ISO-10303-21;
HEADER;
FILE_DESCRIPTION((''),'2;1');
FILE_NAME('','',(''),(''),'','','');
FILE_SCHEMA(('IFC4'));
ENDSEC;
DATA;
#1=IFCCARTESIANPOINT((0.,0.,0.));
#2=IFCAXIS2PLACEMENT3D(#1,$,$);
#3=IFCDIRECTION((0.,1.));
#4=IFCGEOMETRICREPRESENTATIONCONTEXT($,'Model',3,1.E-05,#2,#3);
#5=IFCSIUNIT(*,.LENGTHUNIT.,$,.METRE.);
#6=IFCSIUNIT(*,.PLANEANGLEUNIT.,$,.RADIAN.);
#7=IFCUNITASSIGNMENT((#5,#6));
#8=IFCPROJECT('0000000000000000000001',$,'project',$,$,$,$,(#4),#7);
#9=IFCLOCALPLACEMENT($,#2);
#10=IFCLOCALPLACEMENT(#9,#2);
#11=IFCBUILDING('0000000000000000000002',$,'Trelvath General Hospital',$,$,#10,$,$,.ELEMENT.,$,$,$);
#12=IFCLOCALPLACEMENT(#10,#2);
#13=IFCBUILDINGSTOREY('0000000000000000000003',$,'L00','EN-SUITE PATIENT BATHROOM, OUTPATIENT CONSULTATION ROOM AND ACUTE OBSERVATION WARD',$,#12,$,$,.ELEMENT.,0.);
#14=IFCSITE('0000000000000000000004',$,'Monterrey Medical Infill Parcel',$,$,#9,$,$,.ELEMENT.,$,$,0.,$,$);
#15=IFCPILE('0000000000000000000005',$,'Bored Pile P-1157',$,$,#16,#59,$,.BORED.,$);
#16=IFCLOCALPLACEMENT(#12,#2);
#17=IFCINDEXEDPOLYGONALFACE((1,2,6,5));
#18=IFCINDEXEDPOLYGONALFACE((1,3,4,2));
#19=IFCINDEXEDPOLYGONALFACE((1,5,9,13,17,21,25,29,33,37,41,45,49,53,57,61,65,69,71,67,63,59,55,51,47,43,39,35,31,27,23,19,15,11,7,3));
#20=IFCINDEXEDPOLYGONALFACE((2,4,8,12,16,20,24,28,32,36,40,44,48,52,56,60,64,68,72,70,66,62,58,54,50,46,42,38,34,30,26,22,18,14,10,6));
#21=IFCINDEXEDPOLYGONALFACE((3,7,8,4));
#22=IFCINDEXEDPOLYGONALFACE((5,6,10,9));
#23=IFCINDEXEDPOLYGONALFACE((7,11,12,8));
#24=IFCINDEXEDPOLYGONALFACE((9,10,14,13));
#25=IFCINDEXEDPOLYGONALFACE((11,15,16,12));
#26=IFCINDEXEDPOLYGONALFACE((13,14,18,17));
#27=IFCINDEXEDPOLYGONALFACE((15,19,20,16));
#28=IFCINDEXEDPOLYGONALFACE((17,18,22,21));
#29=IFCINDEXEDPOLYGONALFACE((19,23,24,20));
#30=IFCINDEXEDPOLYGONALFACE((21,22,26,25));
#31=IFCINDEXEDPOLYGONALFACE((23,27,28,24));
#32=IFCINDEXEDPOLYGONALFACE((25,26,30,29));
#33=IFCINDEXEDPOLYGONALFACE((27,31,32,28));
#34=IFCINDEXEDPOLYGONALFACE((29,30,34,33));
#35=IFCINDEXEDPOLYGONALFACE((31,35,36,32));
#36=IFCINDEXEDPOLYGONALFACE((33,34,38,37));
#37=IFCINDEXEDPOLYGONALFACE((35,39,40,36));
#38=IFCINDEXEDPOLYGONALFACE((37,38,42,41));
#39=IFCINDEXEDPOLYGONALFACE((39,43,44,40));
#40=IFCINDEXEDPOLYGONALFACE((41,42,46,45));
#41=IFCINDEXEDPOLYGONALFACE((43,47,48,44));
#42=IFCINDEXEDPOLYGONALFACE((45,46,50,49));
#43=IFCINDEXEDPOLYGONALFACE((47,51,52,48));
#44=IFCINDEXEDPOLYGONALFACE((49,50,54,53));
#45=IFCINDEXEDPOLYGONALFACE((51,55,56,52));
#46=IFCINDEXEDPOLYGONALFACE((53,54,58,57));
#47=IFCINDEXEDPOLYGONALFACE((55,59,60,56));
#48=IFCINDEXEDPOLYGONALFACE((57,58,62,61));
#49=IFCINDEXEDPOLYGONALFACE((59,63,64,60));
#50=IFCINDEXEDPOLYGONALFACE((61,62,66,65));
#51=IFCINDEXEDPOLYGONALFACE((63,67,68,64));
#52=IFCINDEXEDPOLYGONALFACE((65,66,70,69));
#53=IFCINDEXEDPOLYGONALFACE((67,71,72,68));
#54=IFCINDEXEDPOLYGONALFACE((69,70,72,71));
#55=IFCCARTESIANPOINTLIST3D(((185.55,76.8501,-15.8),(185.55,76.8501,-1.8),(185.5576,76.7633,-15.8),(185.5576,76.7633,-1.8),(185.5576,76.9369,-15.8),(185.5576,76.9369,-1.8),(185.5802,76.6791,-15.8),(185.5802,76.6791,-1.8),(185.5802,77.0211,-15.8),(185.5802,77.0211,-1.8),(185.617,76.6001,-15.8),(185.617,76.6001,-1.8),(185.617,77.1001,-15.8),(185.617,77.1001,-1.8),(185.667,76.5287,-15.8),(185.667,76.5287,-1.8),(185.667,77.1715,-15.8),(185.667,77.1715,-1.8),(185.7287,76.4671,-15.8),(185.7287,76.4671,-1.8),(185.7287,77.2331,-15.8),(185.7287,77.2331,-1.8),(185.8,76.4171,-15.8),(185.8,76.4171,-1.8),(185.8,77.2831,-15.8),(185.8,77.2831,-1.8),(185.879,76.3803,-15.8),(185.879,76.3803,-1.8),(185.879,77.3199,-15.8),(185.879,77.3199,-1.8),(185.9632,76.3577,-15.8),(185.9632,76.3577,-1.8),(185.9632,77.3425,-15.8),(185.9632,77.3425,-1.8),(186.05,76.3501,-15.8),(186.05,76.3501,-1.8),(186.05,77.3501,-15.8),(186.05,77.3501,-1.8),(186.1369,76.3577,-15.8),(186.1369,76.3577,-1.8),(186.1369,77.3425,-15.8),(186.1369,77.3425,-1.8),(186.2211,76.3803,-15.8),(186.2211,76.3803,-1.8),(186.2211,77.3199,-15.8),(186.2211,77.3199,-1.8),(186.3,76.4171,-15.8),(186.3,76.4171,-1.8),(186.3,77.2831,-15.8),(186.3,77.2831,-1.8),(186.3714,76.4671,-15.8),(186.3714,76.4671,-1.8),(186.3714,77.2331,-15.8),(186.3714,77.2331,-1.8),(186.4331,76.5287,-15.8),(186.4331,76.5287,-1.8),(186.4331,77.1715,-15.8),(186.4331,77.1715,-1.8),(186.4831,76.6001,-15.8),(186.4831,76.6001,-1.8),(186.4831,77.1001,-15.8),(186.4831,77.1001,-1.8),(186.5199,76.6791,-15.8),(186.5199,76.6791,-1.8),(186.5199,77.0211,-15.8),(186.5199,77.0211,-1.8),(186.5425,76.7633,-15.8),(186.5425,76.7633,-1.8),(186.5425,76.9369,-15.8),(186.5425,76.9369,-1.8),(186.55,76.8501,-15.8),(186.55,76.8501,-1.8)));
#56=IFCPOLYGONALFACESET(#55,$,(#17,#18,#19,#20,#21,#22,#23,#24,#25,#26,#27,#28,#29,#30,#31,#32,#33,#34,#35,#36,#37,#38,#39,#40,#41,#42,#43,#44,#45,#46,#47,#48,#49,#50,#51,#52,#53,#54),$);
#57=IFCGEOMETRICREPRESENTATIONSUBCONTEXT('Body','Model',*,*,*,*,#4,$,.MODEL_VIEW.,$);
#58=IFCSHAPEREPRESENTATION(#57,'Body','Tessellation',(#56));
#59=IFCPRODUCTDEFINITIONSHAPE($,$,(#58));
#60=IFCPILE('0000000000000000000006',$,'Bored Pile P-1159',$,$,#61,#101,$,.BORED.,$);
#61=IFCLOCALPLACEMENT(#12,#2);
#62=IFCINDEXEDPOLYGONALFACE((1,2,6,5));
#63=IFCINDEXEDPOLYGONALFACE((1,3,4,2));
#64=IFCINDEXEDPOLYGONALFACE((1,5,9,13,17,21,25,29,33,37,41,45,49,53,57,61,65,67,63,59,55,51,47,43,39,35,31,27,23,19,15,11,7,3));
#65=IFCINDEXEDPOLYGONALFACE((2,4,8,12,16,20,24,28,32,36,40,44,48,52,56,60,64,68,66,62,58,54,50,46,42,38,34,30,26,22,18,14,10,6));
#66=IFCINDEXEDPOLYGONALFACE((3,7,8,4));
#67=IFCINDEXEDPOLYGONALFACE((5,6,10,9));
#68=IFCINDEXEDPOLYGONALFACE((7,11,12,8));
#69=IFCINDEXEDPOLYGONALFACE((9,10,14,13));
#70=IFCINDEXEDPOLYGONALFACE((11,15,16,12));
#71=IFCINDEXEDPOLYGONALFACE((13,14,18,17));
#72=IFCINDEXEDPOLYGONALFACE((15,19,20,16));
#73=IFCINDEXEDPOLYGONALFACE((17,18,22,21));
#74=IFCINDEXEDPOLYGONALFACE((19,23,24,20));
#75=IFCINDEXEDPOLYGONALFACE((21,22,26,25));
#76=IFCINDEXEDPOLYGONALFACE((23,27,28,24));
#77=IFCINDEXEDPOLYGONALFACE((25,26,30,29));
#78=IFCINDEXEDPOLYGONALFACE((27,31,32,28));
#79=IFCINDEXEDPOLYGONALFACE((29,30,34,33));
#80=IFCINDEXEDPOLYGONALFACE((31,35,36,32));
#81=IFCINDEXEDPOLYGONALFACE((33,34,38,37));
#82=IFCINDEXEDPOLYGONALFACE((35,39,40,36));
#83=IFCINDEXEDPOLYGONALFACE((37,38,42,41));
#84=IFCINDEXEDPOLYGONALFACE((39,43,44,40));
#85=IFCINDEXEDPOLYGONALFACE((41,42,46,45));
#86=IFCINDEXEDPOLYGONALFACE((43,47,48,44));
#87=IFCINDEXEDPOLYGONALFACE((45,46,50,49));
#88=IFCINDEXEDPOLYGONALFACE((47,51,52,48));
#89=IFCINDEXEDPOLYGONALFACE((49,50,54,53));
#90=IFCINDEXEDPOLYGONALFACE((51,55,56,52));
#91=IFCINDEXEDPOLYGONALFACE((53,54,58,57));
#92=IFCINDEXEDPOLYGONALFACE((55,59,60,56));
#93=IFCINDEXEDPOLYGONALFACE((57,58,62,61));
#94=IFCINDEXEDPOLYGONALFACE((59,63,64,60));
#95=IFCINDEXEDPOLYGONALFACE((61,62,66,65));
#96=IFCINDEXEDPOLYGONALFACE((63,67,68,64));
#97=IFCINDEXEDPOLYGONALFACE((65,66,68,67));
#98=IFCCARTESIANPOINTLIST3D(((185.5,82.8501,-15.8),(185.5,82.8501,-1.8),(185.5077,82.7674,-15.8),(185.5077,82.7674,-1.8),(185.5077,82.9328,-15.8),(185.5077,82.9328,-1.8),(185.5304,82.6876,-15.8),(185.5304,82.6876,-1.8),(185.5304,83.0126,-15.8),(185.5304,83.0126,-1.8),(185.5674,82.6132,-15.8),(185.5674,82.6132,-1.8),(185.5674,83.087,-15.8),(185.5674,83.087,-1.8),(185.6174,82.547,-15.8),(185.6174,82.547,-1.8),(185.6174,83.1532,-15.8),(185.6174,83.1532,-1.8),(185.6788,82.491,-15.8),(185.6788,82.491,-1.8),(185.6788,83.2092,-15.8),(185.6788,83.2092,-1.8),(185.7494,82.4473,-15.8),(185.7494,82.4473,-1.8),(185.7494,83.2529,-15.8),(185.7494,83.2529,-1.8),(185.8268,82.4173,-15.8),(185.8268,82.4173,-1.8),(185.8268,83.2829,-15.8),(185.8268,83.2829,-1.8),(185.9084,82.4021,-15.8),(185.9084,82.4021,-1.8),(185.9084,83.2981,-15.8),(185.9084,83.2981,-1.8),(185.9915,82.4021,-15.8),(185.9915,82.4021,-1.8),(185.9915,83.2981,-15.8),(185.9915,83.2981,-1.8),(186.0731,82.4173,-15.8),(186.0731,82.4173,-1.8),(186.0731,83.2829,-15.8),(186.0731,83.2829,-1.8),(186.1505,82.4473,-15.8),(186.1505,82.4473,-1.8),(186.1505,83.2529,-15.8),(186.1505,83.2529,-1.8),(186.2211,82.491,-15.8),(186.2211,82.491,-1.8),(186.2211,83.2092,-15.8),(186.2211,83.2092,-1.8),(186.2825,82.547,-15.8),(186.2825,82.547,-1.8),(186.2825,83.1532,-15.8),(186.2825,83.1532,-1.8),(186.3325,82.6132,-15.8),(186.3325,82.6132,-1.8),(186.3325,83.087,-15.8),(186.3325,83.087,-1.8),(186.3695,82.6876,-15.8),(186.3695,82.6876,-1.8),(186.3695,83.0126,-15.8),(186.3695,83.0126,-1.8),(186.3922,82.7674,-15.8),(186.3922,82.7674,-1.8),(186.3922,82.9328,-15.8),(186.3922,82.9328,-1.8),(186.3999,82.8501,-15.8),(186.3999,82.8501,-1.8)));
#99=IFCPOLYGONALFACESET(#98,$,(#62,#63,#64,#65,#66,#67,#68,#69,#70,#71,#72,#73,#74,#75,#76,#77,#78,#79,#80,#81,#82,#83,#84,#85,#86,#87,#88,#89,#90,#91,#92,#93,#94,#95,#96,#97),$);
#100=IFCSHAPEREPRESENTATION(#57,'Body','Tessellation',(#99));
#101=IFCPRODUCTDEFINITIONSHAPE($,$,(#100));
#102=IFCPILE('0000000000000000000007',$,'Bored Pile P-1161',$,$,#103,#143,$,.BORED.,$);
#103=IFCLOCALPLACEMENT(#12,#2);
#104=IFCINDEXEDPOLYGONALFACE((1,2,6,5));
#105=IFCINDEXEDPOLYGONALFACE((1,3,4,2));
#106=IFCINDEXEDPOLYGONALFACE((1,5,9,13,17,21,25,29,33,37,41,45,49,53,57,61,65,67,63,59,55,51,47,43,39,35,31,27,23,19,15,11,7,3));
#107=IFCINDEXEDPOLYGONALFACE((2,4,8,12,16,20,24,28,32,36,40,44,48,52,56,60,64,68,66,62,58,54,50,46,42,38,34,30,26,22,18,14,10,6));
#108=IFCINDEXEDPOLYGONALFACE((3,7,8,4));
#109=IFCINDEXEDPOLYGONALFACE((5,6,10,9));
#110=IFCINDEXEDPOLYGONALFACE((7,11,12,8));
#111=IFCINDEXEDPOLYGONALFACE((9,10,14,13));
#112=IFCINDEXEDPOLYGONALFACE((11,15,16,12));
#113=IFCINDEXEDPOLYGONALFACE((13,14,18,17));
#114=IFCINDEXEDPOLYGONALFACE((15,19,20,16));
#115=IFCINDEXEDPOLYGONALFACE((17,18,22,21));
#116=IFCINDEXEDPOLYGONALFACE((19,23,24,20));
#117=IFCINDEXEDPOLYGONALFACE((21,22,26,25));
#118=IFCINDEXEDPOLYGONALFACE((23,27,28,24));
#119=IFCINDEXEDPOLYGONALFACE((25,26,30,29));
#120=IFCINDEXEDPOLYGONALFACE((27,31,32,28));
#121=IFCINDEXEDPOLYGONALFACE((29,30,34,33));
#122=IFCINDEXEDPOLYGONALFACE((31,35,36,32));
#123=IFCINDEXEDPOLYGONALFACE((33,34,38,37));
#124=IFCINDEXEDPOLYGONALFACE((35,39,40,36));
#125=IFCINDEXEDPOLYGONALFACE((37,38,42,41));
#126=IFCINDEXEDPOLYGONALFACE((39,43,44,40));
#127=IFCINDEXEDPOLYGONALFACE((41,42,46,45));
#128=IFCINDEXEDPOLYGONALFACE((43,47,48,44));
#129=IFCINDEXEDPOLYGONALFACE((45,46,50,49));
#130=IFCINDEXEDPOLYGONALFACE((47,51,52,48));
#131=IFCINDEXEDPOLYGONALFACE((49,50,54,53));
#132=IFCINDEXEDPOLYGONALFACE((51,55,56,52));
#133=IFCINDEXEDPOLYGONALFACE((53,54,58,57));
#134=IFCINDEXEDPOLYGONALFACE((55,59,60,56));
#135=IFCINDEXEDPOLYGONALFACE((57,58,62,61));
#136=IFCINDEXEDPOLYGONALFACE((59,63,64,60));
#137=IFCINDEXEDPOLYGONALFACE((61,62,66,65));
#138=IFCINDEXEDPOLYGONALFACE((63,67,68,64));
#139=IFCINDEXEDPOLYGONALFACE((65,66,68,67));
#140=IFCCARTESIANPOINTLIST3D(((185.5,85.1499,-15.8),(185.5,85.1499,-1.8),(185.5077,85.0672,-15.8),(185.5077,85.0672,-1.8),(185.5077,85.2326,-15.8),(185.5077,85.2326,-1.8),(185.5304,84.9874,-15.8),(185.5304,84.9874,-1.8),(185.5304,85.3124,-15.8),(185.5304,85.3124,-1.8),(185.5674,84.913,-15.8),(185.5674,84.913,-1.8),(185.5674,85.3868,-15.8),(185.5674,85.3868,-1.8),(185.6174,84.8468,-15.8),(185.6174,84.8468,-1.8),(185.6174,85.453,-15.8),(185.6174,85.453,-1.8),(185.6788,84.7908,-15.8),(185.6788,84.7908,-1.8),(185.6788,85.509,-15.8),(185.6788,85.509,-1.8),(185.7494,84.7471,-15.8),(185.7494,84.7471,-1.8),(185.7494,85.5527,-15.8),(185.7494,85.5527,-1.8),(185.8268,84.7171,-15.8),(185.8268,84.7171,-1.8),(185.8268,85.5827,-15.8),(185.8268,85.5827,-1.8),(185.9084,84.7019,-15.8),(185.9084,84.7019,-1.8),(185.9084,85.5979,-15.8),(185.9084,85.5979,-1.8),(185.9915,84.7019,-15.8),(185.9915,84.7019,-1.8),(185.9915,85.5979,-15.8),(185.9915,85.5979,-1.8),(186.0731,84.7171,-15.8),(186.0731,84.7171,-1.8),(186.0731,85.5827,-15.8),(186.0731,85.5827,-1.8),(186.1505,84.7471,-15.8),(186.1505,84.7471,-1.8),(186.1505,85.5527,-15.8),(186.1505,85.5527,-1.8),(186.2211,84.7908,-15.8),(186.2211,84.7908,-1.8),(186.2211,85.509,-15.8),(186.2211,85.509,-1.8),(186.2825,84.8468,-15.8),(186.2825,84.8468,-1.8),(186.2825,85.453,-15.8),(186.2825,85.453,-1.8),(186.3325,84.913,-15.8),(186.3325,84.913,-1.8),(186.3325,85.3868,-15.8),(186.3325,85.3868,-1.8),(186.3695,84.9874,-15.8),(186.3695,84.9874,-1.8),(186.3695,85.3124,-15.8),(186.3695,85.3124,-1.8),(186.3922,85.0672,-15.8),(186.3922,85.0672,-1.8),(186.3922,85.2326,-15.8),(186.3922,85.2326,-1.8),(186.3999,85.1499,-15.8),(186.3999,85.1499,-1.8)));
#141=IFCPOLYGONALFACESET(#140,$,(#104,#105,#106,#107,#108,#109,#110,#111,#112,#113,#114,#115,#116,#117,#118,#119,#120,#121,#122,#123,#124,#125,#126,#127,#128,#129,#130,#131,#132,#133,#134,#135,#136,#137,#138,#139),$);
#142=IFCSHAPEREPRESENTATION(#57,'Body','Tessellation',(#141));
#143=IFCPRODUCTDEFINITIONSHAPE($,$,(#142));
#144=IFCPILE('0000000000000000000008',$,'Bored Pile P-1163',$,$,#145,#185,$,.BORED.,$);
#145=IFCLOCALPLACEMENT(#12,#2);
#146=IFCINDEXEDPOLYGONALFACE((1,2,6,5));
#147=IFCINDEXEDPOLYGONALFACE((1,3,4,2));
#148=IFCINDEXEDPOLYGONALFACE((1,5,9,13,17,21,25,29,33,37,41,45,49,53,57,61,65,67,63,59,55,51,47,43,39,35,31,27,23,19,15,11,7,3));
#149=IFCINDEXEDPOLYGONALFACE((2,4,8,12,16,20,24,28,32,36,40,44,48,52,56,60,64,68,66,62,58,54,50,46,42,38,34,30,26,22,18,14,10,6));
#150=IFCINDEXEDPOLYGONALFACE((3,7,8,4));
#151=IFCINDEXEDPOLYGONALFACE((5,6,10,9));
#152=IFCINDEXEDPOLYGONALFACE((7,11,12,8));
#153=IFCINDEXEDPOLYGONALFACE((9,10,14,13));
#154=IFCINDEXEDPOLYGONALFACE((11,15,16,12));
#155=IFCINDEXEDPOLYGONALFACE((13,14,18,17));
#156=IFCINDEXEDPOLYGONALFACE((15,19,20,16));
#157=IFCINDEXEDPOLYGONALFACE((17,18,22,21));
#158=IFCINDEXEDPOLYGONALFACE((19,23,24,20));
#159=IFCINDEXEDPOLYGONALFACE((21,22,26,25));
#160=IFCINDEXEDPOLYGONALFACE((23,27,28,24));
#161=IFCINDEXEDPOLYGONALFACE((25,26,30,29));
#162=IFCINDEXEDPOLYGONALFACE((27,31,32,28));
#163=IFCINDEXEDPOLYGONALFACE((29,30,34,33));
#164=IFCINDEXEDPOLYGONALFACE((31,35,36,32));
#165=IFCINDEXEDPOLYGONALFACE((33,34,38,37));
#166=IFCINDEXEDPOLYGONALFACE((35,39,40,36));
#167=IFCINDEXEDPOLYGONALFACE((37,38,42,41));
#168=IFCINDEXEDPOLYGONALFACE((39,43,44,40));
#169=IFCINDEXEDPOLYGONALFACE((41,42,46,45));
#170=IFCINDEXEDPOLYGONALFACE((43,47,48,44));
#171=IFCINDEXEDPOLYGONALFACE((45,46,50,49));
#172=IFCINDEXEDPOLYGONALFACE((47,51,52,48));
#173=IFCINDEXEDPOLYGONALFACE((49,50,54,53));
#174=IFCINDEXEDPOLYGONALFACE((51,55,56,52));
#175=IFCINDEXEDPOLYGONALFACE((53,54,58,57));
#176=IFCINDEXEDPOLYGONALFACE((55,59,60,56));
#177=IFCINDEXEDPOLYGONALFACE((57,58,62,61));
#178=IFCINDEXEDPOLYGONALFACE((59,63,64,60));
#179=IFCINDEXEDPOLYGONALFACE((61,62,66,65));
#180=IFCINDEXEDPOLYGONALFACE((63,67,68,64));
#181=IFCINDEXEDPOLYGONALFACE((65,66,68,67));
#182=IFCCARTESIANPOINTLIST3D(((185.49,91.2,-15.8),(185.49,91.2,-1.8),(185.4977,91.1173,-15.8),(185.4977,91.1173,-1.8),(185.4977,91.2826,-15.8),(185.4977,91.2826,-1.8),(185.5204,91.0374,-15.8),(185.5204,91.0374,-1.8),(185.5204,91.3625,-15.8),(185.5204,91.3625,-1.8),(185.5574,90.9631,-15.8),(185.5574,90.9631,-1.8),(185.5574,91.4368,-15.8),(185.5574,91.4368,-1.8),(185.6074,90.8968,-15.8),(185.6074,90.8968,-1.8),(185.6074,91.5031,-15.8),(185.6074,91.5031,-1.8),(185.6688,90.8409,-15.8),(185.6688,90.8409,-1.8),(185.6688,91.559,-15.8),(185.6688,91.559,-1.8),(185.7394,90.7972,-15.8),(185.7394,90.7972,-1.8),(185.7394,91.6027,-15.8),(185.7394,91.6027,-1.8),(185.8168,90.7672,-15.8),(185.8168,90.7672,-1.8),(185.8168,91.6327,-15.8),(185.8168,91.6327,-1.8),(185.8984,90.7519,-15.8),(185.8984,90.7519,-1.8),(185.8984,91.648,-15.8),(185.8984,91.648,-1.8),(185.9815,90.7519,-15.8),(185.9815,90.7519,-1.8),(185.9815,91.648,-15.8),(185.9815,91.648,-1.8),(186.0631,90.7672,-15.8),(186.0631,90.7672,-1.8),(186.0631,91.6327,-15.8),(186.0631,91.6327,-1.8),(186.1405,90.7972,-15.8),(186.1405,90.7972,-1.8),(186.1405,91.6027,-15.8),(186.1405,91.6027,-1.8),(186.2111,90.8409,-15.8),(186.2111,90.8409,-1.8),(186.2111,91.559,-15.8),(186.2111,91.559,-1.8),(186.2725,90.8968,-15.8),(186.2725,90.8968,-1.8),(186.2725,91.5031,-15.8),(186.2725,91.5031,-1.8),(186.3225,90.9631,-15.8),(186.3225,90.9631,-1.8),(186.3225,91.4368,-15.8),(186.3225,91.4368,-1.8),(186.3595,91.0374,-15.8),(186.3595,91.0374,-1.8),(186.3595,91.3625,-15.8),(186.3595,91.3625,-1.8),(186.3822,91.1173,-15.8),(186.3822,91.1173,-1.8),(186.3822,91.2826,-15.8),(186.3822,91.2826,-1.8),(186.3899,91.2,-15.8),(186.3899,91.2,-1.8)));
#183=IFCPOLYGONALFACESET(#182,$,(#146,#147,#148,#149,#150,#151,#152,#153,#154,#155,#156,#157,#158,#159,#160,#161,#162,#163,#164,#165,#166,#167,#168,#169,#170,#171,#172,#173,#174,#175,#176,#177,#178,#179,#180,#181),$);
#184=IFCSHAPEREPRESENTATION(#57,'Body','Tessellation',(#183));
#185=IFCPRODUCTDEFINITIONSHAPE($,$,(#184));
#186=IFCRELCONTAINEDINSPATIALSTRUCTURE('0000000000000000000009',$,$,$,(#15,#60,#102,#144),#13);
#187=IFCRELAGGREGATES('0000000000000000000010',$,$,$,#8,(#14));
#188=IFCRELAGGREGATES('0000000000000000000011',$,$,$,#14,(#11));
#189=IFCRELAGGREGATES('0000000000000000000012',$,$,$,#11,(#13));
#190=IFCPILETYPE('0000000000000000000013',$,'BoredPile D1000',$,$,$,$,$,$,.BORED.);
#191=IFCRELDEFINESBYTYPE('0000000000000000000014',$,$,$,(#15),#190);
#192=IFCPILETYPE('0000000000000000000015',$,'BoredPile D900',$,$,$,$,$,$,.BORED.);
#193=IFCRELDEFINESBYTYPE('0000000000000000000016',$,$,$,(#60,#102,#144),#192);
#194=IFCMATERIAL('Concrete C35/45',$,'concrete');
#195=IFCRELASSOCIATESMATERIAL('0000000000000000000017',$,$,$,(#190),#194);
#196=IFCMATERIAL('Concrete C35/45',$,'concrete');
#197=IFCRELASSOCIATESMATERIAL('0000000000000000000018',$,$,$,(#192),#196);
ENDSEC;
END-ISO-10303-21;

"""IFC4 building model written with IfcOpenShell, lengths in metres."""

from ifc_helpers import new_model, si_unit, direction, frame, origin, origin_2d, place, context, subcontext, project, spatial, circle, extrude, material, material_profile, profile_set, type_object, element, save


model = new_model("IFC4")

# Units and contexts
model_context = context("Model", 3, precision=1e-05, world=origin(), true_north=direction((0.0, 1.0)))
body_context = subcontext(model_context, "Body", "Model", "MODEL_VIEW")
ifc_project = project(units=[si_unit("LENGTHUNIT", "METRE"), si_unit("PLANEANGLEUNIT", "RADIAN")], contexts=[model_context])

# Site, building, storey
site_placement = place(None, origin())
site = spatial("IfcSite", under=ifc_project, at=site_placement, Name="Monterrey Medical Infill Parcel", CompositionType="ELEMENT", RefElevation=0.0)
building_placement = place(site_placement, origin())
building = spatial("IfcBuilding", under=site, at=building_placement, Name="Trelvath General Hospital", CompositionType="ELEMENT")
storey_placement = place(building_placement, origin())
storey = spatial("IfcBuildingStorey", under=building, at=storey_placement, Name="L00", Description="EN-SUITE PATIENT BATHROOM, OUTPATIENT CONSULTATION ROOM AND ACUTE OBSERVATION WARD", CompositionType="ELEMENT", Elevation=0.0)

# Piles
ifc_material_1 = material(Name="Concrete C35/45", Category="concrete")
ifc_material_profile_1 = material_profile(ifc_material_1, circle(Radius=0.5, at=origin_2d()), Name="PILE1000")
ifc_profile_set_1 = profile_set([ifc_material_profile_1], Name="Concrete C35/45")
pile_type_1 = type_object("IfcPileType", Name="BoredPile D1000", PredefinedType="BORED", material=ifc_profile_set_1)
pile_placement = place(storey_placement, frame((186.05, 76.8501, -1.8), z_axis=(0.0, 0.0, -1.0), x_axis=(1.0, 0.0, 0.0)))
element("IfcPile", 1, at=pile_placement, inside=storey, type_object=pile_type_1, Name="Bored Pile P-1157", PredefinedType="BORED", context=body_context, shape_type="SweptSolid", body=[
    extrude(circle(Radius=0.5, at=origin_2d()), origin(), (0.0, 0.0, 1.0), 14.0),
])
ifc_material_2 = material(Name="Concrete C35/45", Category="concrete")
ifc_material_profile_2 = material_profile(ifc_material_2, circle(Radius=0.45, at=origin_2d()), Name="PILE900")
ifc_profile_set_2 = profile_set([ifc_material_profile_2], Name="Concrete C35/45")
pile_type_2 = type_object("IfcPileType", Name="BoredPile D900", PredefinedType="BORED", material=ifc_profile_set_2)
for number, where, z_axis, x_axis, name in (
    (2, (185.95, 82.8501, -1.8), (0.0, 0.0, -1.0), (1.0, 0.0, 0.0), "Bored Pile P-1159"),
    (3, (185.95, 85.1499, -1.8), (0.0, 0.0, -1.0), (1.0, 0.0, 0.0), "Bored Pile P-1161"),
    (4, (185.9399, 91.2, -1.8), (0.0, 0.0, -1.0), (1.0, 0.0, 0.0), "Bored Pile P-1163"),
):
    element("IfcPile", number, at=place(storey_placement, frame(where, z_axis=z_axis, x_axis=x_axis)), inside=storey, type_object=pile_type_2, Name=name, PredefinedType="BORED", context=body_context, shape_type="SweptSolid", body=[
        extrude(circle(Radius=0.45, at=origin_2d()), origin(), (0.0, 0.0, 1.0), 14.0),
    ])

save(model, "model.ifc")
